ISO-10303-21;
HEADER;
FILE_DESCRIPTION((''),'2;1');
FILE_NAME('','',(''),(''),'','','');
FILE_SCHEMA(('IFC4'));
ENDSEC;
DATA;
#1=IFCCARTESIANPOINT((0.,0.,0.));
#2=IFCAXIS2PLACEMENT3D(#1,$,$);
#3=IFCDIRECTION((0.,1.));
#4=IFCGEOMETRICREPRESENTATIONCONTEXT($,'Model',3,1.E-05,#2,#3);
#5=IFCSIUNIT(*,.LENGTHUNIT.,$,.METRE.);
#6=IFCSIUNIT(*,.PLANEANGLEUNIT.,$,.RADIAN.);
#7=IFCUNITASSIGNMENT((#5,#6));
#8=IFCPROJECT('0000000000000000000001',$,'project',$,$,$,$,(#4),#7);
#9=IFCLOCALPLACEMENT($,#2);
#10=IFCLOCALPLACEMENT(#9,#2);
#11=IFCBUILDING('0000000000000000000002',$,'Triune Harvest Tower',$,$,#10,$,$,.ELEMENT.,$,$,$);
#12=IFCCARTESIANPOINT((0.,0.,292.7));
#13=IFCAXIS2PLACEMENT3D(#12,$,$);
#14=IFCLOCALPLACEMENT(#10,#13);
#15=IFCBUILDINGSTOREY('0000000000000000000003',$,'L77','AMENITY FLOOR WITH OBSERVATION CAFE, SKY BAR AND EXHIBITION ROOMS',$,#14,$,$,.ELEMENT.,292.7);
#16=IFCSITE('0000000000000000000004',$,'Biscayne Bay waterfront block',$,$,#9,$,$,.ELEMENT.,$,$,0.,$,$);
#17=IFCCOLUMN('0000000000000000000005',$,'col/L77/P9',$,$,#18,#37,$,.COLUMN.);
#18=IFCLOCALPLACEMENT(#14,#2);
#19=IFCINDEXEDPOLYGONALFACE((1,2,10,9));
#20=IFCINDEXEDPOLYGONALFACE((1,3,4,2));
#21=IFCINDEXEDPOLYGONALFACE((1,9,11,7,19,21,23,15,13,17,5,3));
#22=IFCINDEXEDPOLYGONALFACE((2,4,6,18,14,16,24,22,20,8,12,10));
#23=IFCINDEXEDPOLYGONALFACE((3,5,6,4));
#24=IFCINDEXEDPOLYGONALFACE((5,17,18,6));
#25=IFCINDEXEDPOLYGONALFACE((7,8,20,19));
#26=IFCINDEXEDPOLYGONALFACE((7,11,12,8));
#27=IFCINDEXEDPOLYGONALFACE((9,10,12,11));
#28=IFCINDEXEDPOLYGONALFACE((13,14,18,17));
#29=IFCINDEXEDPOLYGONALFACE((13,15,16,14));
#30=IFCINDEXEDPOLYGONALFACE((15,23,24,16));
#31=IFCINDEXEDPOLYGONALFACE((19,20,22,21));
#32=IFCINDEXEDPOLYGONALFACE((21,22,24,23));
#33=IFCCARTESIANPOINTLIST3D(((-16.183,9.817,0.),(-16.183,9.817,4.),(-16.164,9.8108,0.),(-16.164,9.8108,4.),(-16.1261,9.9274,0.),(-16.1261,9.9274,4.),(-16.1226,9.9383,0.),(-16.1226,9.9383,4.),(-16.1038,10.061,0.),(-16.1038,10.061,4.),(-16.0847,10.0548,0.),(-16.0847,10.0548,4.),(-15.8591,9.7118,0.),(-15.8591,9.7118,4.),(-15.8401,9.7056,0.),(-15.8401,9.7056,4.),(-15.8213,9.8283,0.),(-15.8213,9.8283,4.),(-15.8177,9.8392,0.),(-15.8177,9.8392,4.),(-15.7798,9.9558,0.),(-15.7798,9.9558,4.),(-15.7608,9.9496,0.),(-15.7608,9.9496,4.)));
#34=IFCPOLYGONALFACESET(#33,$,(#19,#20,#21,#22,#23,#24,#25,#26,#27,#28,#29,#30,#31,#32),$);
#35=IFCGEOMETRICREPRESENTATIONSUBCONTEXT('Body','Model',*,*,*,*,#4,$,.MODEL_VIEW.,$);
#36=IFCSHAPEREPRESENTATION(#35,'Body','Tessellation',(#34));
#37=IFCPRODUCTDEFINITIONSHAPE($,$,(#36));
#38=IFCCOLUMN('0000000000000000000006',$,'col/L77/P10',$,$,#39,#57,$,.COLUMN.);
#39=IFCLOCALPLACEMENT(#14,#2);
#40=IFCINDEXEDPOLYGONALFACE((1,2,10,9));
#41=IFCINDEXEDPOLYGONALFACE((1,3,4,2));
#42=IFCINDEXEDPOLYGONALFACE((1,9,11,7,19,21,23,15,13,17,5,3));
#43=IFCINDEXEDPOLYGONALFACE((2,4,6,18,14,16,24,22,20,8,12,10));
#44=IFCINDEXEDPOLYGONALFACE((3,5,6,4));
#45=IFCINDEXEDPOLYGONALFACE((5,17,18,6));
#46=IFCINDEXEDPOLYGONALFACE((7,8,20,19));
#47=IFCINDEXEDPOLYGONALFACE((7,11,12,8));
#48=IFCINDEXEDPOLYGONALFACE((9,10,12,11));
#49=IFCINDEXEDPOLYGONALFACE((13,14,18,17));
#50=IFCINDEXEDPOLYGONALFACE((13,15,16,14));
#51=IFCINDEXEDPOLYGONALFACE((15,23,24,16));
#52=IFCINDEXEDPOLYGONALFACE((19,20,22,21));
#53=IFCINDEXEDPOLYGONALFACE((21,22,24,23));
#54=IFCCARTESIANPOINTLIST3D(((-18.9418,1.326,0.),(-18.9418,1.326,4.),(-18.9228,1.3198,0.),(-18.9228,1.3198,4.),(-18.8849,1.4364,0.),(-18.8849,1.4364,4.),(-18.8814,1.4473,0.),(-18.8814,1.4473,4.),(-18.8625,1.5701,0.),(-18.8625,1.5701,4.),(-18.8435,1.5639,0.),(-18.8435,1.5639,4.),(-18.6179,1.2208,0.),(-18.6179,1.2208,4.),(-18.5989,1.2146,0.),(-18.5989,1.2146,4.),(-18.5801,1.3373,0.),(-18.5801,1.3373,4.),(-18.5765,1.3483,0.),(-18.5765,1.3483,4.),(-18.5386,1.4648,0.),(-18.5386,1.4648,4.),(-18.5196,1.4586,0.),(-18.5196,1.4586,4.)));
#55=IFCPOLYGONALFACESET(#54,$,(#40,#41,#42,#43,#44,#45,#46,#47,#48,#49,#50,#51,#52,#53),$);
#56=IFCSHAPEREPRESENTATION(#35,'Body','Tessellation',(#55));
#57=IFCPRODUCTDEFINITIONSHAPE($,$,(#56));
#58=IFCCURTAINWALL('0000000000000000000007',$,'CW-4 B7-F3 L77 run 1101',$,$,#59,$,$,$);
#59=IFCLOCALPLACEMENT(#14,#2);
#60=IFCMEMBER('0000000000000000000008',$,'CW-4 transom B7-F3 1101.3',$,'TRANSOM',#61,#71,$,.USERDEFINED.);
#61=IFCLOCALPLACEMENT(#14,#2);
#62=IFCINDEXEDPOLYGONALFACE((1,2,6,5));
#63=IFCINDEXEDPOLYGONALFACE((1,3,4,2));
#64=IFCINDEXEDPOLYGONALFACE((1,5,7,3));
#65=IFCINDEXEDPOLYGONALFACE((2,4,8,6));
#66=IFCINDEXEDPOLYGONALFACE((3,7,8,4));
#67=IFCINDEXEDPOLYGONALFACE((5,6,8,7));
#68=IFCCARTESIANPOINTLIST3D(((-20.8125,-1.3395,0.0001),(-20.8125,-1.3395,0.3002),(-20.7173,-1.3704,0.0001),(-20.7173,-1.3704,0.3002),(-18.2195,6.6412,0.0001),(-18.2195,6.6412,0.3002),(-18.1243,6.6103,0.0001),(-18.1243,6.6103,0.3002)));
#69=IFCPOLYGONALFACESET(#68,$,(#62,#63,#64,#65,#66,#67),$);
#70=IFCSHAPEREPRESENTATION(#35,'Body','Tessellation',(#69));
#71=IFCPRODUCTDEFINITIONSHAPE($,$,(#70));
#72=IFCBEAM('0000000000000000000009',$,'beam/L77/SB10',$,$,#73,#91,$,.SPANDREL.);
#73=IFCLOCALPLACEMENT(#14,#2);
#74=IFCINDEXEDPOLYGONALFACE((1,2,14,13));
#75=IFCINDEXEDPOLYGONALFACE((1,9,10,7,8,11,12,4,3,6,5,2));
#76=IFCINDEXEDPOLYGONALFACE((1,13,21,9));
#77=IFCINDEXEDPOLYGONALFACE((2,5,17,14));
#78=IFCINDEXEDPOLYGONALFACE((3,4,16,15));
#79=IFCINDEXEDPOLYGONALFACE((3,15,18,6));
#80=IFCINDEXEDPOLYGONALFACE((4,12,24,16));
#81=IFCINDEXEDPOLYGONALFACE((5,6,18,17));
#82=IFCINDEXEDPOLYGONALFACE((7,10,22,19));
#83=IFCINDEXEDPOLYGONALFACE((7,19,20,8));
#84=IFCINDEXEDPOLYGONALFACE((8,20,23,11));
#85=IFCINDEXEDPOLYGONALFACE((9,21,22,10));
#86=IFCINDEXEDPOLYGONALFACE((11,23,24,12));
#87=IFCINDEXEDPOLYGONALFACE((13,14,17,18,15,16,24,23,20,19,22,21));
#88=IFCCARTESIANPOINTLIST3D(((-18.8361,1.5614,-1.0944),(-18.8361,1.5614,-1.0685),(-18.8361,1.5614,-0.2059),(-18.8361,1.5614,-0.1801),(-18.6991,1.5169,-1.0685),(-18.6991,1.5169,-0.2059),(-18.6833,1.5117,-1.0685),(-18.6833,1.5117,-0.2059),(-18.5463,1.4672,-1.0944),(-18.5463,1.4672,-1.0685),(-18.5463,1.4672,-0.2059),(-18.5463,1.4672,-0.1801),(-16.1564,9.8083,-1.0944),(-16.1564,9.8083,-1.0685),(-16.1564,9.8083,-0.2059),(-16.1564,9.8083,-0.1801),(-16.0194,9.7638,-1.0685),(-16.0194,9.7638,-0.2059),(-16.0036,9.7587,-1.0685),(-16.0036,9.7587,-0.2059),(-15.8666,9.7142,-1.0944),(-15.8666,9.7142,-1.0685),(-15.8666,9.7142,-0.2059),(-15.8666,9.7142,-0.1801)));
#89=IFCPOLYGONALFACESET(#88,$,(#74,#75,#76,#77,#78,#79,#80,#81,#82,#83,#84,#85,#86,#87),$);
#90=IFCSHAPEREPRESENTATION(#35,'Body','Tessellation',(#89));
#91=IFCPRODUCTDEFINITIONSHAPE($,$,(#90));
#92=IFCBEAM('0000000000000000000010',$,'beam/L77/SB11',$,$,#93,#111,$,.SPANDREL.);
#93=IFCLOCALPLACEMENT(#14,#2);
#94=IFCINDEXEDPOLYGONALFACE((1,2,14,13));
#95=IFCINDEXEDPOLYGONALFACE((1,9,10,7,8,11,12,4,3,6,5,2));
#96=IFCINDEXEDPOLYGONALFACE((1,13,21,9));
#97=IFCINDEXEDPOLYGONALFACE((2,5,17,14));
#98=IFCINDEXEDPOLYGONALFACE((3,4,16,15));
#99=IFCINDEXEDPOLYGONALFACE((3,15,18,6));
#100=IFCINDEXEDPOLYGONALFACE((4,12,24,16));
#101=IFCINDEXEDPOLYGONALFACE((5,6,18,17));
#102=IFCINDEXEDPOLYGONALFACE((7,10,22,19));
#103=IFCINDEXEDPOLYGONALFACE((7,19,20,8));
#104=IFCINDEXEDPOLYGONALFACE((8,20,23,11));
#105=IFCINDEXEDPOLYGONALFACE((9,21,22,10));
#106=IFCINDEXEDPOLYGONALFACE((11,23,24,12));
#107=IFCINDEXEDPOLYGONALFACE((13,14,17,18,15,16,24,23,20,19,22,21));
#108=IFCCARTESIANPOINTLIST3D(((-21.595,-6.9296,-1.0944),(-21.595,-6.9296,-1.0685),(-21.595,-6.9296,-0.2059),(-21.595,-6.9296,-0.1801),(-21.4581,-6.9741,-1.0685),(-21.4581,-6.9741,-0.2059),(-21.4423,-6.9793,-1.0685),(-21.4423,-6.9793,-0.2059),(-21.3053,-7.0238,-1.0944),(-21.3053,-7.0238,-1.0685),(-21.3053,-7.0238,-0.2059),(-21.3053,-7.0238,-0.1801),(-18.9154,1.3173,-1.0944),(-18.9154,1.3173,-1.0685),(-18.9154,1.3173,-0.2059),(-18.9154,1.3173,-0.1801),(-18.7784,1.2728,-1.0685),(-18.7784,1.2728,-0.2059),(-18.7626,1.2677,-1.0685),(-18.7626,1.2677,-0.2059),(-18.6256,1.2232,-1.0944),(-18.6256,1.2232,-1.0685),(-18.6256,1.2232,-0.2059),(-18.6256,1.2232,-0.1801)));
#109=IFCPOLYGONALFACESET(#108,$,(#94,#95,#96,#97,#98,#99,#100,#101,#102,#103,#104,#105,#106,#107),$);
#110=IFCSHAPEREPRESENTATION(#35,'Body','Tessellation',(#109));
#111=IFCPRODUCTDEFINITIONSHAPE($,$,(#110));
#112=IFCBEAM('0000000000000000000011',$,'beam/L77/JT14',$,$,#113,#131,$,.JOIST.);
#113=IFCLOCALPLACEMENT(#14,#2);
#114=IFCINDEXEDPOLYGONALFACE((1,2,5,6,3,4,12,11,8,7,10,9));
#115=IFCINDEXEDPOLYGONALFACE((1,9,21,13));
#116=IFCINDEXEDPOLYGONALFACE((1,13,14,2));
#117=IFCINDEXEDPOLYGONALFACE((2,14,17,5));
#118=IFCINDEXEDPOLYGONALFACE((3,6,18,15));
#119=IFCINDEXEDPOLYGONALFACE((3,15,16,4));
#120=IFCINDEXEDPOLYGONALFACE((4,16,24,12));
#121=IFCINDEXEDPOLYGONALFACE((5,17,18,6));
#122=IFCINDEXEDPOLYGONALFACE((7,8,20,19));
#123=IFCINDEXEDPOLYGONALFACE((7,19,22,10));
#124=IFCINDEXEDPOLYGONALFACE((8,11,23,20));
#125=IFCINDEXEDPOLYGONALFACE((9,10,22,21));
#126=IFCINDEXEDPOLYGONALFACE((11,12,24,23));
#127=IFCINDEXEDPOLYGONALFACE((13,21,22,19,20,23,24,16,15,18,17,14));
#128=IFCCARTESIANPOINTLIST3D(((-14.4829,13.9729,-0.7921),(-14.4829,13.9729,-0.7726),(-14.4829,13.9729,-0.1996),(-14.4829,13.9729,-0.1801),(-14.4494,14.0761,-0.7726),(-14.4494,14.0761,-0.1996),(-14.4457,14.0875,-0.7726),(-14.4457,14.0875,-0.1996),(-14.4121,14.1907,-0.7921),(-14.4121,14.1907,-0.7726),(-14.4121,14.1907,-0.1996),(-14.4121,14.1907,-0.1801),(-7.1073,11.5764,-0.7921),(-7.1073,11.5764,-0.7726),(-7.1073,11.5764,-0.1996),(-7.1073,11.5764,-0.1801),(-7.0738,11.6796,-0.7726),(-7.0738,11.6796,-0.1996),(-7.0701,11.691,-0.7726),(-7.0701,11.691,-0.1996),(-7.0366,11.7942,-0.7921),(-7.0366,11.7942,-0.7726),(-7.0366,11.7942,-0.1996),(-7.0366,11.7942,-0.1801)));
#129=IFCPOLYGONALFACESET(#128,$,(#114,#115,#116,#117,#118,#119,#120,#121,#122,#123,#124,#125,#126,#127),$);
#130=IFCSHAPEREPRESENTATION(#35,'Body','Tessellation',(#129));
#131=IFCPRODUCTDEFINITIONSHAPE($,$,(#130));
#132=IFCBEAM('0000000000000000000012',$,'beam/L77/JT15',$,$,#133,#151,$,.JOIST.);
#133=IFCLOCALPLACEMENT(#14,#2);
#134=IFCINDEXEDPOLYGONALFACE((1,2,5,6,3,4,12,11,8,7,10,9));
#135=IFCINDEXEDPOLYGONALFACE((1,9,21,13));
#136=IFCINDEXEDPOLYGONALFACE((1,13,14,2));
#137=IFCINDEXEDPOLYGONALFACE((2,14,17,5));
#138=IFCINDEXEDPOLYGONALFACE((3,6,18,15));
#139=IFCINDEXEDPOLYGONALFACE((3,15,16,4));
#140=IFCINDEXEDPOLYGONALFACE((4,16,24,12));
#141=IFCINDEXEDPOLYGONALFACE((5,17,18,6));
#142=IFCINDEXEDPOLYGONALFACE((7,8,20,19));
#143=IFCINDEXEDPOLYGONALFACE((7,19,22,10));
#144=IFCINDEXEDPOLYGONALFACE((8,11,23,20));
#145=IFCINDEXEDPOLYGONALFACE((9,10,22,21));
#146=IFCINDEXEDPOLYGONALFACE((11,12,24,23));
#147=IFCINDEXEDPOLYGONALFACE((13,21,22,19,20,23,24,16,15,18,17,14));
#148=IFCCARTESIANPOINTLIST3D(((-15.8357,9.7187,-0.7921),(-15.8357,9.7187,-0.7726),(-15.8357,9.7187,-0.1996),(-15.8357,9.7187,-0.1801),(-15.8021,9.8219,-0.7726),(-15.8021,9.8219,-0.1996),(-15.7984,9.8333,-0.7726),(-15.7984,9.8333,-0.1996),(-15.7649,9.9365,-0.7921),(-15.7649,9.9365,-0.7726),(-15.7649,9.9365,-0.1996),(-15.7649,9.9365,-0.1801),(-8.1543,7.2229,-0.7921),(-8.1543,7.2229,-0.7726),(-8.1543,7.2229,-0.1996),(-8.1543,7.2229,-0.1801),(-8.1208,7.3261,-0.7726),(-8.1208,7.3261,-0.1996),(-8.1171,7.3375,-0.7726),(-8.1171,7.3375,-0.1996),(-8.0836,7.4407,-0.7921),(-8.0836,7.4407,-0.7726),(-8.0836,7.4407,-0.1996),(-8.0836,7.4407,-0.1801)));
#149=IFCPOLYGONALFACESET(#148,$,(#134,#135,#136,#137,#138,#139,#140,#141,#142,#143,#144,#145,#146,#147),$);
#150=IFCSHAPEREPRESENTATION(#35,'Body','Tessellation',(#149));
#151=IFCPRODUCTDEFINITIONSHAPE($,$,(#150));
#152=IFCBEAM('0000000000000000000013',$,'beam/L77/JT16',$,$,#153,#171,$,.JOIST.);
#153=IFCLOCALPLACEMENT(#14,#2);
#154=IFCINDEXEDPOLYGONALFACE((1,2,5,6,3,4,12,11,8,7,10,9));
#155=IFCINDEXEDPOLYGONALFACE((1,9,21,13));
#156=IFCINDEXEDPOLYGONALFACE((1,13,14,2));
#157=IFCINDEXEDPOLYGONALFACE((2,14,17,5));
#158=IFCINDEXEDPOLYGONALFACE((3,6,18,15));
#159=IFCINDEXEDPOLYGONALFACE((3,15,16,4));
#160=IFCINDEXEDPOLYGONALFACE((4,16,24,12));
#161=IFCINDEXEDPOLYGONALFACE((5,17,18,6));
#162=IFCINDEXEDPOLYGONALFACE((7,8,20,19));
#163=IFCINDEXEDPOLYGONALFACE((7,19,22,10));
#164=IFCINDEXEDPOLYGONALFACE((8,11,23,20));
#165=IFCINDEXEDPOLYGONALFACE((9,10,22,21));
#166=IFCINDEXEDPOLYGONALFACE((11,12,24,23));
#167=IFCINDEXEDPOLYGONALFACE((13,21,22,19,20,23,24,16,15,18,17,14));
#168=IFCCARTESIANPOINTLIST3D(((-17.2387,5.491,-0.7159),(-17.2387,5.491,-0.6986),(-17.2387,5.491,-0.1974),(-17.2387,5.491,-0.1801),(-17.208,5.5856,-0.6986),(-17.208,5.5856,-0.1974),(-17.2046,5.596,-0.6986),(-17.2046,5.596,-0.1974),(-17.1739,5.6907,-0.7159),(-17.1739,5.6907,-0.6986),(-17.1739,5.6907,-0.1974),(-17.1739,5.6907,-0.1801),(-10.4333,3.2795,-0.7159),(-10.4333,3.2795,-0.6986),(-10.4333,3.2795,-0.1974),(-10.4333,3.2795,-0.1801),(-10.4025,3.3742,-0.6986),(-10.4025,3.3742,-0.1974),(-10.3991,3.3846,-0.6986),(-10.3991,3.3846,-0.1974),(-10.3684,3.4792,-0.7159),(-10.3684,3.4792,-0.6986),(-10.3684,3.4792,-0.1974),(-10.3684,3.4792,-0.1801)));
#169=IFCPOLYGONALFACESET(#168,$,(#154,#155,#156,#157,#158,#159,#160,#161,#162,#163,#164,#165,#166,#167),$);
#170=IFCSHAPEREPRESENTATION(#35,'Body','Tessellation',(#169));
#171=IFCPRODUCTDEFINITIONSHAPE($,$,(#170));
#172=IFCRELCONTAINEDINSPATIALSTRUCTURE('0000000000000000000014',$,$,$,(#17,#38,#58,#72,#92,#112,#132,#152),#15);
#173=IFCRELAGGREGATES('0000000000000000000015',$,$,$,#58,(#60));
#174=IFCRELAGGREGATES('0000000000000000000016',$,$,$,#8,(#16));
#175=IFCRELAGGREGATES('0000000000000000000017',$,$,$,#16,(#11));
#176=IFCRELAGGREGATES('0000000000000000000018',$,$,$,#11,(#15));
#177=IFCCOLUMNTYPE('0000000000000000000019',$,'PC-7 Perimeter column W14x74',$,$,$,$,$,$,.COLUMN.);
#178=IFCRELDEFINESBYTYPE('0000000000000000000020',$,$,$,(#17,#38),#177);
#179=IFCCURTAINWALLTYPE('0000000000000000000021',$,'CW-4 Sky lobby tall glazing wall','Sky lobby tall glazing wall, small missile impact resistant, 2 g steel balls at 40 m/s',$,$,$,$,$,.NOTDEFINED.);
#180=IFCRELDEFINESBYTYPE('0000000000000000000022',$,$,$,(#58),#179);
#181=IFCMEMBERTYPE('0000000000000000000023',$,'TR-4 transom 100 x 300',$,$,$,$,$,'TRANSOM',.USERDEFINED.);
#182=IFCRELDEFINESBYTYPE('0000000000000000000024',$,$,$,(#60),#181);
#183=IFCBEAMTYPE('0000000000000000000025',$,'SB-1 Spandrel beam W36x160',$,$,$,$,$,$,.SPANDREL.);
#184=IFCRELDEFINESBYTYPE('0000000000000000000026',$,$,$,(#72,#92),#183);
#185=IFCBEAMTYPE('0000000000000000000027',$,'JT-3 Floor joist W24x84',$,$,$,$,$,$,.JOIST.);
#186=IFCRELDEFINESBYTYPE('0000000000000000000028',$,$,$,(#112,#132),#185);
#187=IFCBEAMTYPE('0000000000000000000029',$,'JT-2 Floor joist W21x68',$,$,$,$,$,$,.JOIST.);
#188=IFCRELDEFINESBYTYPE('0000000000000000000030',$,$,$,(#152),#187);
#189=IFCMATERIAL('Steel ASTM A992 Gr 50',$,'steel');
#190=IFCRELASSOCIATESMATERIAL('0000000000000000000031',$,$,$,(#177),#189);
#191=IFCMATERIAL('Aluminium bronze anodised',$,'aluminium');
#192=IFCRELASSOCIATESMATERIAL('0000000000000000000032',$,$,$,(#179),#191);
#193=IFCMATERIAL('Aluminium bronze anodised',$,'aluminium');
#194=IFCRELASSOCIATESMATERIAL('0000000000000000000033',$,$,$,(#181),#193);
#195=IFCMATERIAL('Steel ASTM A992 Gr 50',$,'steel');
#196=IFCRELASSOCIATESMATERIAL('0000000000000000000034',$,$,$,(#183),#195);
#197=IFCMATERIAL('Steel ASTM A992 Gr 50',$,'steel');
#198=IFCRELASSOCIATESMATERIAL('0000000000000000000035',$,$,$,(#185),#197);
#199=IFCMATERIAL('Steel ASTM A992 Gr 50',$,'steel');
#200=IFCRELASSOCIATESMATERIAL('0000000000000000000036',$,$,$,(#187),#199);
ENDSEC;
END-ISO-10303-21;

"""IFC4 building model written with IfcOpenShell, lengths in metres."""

from ifc_helpers import new_model, si_unit, direction, frame, origin, origin_2d, place, context, subcontext, project, spatial, rectangle, i_section, extrude, source, transform, mapped, material, material_profile, profile_set, type_object, element, aggregate, save


model = new_model("IFC4")

# Units and contexts
model_context = context("Model", 3, precision=1e-05, world=origin(), true_north=direction((0.0, 1.0)))
body_context = subcontext(model_context, "Body", "Model", "MODEL_VIEW")
ifc_project = project(units=[si_unit("LENGTHUNIT", "METRE"), si_unit("PLANEANGLEUNIT", "RADIAN")], contexts=[model_context])

# Site, building, storey
site_placement = place(None, origin())
site = spatial("IfcSite", under=ifc_project, at=site_placement, Name="Biscayne Bay waterfront block", CompositionType="ELEMENT", RefElevation=0.0)
building_placement = place(site_placement, origin())
building = spatial("IfcBuilding", under=site, at=building_placement, Name="Triune Harvest Tower", CompositionType="ELEMENT")
storey_placement = place(building_placement, frame((0.0, 0.0, 292.7)))
storey = spatial("IfcBuildingStorey", under=building, at=storey_placement, Name="L77", Description="AMENITY FLOOR WITH OBSERVATION CAFE, SKY BAR AND EXHIBITION ROOMS", CompositionType="ELEMENT", Elevation=292.7)

# Columns
ifc_material_1 = material(Name="Steel ASTM A992 Gr 50", Category="steel")
ifc_material_profile_1 = material_profile(ifc_material_1, i_section(OverallWidth=0.2566, OverallDepth=0.3606, WebThickness=0.0115, FlangeThickness=0.02, at=origin_2d()), Name="W14x74")
ifc_profile_set_1 = profile_set([ifc_material_profile_1], Name="Steel ASTM A992 Gr 50")
column_type = type_object("IfcColumnType", Name="PC-7 Perimeter column W14x74", PredefinedType="COLUMN", material=ifc_profile_set_1)
shared_shape_1 = source(origin(), body_context, "Body", "SweptSolid", [
    extrude(i_section(OverallWidth=0.2566, OverallDepth=0.3606, WebThickness=0.0115, FlangeThickness=0.02, at=origin_2d()), origin(), (0.0, 0.0, 1.0), 4.0),
])
for number, where, z_axis, x_axis, name in (
    (1, (-15.9719, 9.8833, 0.0), (0.0, 0.0, 1.0), (-0.309015, -0.951057, 0.0), "col/L77/P9"),
    (2, (-18.7307, 1.3923, 0.0), (0.0, 0.0, 1.0), (-0.309015, -0.951057, 0.0), "col/L77/P10"),
):
    element("IfcColumn", number, at=place(storey_placement, frame(where, z_axis=z_axis, x_axis=x_axis)), inside=storey, type_object=column_type, Name=name, PredefinedType="COLUMN", context=body_context, shape_type="MappedRepresentation", body=[
        mapped(shared_shape_1, transform((0.0, 0.0, 0.0), scale=1.0)),
    ])

# Curtain wall, member
ifc_material_2 = material(Name="Aluminium bronze anodised", Category="aluminium")
curtain_wall_type = type_object("IfcCurtainWallType", Name="CW-4 Sky lobby tall glazing wall", Description="Sky lobby tall glazing wall, small missile impact resistant, 2 g steel balls at 40 m/s", PredefinedType="NOTDEFINED", material=ifc_material_2)
curtain_wall_placement = place(storey_placement, origin())
curtain_wall = element("IfcCurtainWall", 3, at=curtain_wall_placement, inside=storey, type_object=curtain_wall_type, Name="CW-4 B7-F3 L77 run 1101")
ifc_material_3 = material(Name="Aluminium bronze anodised", Category="aluminium")
ifc_material_profile_2 = material_profile(ifc_material_3, rectangle(XDim=0.1001, YDim=0.3, at=origin_2d()), Name="TR-4 transom 100 x 300")
ifc_profile_set_2 = profile_set([ifc_material_profile_2], Name="Aluminium bronze anodised")
member_type_1 = type_object("IfcMemberType", Name="TR-4 transom 100 x 300", ElementType="TRANSOM", PredefinedType="USERDEFINED", material=ifc_profile_set_2)
member_1_placement = place(storey_placement, frame((-18.1719, 6.6257, 0.1501), z_axis=(-0.309009, -0.951059, 0.0), x_axis=(0.951059, -0.309009, 0.0)))
member_1 = element("IfcMember", 4, at=member_1_placement, type_object=member_type_1, Name="CW-4 transom B7-F3 1101.3", ObjectType="TRANSOM", PredefinedType="USERDEFINED", context=body_context, shape_type="SweptSolid", body=[
    extrude(rectangle(XDim=0.1001, YDim=0.3, at=origin_2d()), origin(), (0.0, 0.0, 1.0), 8.3914),
])

# Beams
ifc_material_4 = material(Name="Steel ASTM A992 Gr 50", Category="steel")
ifc_material_profile_3 = material_profile(ifc_material_4, i_section(OverallWidth=0.3047, OverallDepth=0.9143, WebThickness=0.0166, FlangeThickness=0.0259, at=origin_2d()), Name="W36x160")
ifc_profile_set_3 = profile_set([ifc_material_profile_3], Name="Steel ASTM A992 Gr 50")
beam_type_1 = type_object("IfcBeamType", Name="SB-1 Spandrel beam W36x160", PredefinedType="SPANDREL", material=ifc_profile_set_3)
shared_shape_2 = source(origin(), body_context, "Body", "SweptSolid", [
    extrude(i_section(OverallWidth=0.3047, OverallDepth=0.9143, WebThickness=0.0166, FlangeThickness=0.0259, at=origin_2d()), origin(), (0.0, 0.0, 1.0), 8.6714),
])
for number, where, z_axis, x_axis, name in (
    (5, (-16.0115, 9.7612, -0.6372), (-0.309031, -0.951052, 0.0), (0.951052, -0.309031, 0.0), "beam/L77/SB10"),
    (6, (-18.7705, 1.2703, -0.6372), (-0.309022, -0.951055, 0.0), (0.951055, -0.309022, 0.0), "beam/L77/SB11"),
):
    element("IfcBeam", number, at=place(storey_placement, frame(where, z_axis=z_axis, x_axis=x_axis)), inside=storey, type_object=beam_type_1, Name=name, PredefinedType="SPANDREL", context=body_context, shape_type="MappedRepresentation", body=[
        mapped(shared_shape_2, transform((0.0, 0.0, 0.0), scale=1.0)),
    ])
ifc_material_5 = material(Name="Steel ASTM A992 Gr 50", Category="steel")
ifc_material_profile_4 = material_profile(ifc_material_5, i_section(OverallWidth=0.229, OverallDepth=0.6121, WebThickness=0.012, FlangeThickness=0.0195, at=origin_2d()), Name="W24x84")
ifc_profile_set_4 = profile_set([ifc_material_profile_4], Name="Steel ASTM A992 Gr 50")
beam_type_2 = type_object("IfcBeamType", Name="JT-3 Floor joist W24x84", PredefinedType="JOIST", material=ifc_profile_set_4)
shared_shape_3 = source(origin(), body_context, "Body", "SweptSolid", [
    extrude(i_section(OverallWidth=0.229, OverallDepth=0.6121, WebThickness=0.012, FlangeThickness=0.0195, at=origin_2d()), origin(), (0.0, 0.0, 1.0), 7.7551),
])
beam_1_placement = place(storey_placement, frame((-14.4475, 14.0818, -0.4861), z_axis=(0.951055, -0.309022, 0.0), x_axis=(0.309022, 0.951055, 0.0)))
element("IfcBeam", 7, at=beam_1_placement, inside=storey, type_object=beam_type_2, Name="beam/L77/JT14", PredefinedType="JOIST", context=body_context, shape_type="MappedRepresentation", body=[
    mapped(shared_shape_3, transform((0.0, 0.0, 0.0), scale=1.0)),
])
shared_shape_4 = source(origin(), body_context, "Body", "SweptSolid", [
    extrude(i_section(OverallWidth=0.229, OverallDepth=0.6121, WebThickness=0.012, FlangeThickness=0.0195, at=origin_2d()), origin(), (0.0, 0.0, 1.0), 8.0767),
])
beam_2_placement = place(storey_placement, frame((-15.8003, 9.8276, -0.4861), z_axis=(0.951056, -0.309018, 0.0), x_axis=(0.309018, 0.951056, 0.0)))
element("IfcBeam", 8, at=beam_2_placement, inside=storey, type_object=beam_type_2, Name="beam/L77/JT15", PredefinedType="JOIST", context=body_context, shape_type="MappedRepresentation", body=[
    mapped(shared_shape_4, transform((0.0, 0.0, 0.0), scale=1.0)),
])
ifc_material_6 = material(Name="Steel ASTM A992 Gr 50", Category="steel")
ifc_material_profile_5 = material_profile(ifc_material_6, i_section(OverallWidth=0.21, OverallDepth=0.5359, WebThickness=0.011, FlangeThickness=0.0173, at=origin_2d()), Name="W21x68")
ifc_profile_set_5 = profile_set([ifc_material_profile_5], Name="Steel ASTM A992 Gr 50")
beam_type_3 = type_object("IfcBeamType", Name="JT-2 Floor joist W21x68", PredefinedType="JOIST", material=ifc_profile_set_5)
shared_shape_5 = source(origin(), body_context, "Body", "SweptSolid", [
    extrude(i_section(OverallWidth=0.21, OverallDepth=0.5359, WebThickness=0.011, FlangeThickness=0.0173, at=origin_2d()), origin(), (0.0, 0.0, 1.0), 7.1558),
])
beam_3_placement = place(storey_placement, frame((-17.2063, 5.5908, -0.448), z_axis=(0.951048, -0.309044, 0.0), x_axis=(0.309044, 0.951048, 0.0)))
element("IfcBeam", 9, at=beam_3_placement, inside=storey, type_object=beam_type_3, Name="beam/L77/JT16", PredefinedType="JOIST", context=body_context, shape_type="MappedRepresentation", body=[
    mapped(shared_shape_5, transform((0.0, 0.0, 0.0), scale=1.0)),
])

aggregate(curtain_wall, [member_1])

save(model, "model.ifc")
